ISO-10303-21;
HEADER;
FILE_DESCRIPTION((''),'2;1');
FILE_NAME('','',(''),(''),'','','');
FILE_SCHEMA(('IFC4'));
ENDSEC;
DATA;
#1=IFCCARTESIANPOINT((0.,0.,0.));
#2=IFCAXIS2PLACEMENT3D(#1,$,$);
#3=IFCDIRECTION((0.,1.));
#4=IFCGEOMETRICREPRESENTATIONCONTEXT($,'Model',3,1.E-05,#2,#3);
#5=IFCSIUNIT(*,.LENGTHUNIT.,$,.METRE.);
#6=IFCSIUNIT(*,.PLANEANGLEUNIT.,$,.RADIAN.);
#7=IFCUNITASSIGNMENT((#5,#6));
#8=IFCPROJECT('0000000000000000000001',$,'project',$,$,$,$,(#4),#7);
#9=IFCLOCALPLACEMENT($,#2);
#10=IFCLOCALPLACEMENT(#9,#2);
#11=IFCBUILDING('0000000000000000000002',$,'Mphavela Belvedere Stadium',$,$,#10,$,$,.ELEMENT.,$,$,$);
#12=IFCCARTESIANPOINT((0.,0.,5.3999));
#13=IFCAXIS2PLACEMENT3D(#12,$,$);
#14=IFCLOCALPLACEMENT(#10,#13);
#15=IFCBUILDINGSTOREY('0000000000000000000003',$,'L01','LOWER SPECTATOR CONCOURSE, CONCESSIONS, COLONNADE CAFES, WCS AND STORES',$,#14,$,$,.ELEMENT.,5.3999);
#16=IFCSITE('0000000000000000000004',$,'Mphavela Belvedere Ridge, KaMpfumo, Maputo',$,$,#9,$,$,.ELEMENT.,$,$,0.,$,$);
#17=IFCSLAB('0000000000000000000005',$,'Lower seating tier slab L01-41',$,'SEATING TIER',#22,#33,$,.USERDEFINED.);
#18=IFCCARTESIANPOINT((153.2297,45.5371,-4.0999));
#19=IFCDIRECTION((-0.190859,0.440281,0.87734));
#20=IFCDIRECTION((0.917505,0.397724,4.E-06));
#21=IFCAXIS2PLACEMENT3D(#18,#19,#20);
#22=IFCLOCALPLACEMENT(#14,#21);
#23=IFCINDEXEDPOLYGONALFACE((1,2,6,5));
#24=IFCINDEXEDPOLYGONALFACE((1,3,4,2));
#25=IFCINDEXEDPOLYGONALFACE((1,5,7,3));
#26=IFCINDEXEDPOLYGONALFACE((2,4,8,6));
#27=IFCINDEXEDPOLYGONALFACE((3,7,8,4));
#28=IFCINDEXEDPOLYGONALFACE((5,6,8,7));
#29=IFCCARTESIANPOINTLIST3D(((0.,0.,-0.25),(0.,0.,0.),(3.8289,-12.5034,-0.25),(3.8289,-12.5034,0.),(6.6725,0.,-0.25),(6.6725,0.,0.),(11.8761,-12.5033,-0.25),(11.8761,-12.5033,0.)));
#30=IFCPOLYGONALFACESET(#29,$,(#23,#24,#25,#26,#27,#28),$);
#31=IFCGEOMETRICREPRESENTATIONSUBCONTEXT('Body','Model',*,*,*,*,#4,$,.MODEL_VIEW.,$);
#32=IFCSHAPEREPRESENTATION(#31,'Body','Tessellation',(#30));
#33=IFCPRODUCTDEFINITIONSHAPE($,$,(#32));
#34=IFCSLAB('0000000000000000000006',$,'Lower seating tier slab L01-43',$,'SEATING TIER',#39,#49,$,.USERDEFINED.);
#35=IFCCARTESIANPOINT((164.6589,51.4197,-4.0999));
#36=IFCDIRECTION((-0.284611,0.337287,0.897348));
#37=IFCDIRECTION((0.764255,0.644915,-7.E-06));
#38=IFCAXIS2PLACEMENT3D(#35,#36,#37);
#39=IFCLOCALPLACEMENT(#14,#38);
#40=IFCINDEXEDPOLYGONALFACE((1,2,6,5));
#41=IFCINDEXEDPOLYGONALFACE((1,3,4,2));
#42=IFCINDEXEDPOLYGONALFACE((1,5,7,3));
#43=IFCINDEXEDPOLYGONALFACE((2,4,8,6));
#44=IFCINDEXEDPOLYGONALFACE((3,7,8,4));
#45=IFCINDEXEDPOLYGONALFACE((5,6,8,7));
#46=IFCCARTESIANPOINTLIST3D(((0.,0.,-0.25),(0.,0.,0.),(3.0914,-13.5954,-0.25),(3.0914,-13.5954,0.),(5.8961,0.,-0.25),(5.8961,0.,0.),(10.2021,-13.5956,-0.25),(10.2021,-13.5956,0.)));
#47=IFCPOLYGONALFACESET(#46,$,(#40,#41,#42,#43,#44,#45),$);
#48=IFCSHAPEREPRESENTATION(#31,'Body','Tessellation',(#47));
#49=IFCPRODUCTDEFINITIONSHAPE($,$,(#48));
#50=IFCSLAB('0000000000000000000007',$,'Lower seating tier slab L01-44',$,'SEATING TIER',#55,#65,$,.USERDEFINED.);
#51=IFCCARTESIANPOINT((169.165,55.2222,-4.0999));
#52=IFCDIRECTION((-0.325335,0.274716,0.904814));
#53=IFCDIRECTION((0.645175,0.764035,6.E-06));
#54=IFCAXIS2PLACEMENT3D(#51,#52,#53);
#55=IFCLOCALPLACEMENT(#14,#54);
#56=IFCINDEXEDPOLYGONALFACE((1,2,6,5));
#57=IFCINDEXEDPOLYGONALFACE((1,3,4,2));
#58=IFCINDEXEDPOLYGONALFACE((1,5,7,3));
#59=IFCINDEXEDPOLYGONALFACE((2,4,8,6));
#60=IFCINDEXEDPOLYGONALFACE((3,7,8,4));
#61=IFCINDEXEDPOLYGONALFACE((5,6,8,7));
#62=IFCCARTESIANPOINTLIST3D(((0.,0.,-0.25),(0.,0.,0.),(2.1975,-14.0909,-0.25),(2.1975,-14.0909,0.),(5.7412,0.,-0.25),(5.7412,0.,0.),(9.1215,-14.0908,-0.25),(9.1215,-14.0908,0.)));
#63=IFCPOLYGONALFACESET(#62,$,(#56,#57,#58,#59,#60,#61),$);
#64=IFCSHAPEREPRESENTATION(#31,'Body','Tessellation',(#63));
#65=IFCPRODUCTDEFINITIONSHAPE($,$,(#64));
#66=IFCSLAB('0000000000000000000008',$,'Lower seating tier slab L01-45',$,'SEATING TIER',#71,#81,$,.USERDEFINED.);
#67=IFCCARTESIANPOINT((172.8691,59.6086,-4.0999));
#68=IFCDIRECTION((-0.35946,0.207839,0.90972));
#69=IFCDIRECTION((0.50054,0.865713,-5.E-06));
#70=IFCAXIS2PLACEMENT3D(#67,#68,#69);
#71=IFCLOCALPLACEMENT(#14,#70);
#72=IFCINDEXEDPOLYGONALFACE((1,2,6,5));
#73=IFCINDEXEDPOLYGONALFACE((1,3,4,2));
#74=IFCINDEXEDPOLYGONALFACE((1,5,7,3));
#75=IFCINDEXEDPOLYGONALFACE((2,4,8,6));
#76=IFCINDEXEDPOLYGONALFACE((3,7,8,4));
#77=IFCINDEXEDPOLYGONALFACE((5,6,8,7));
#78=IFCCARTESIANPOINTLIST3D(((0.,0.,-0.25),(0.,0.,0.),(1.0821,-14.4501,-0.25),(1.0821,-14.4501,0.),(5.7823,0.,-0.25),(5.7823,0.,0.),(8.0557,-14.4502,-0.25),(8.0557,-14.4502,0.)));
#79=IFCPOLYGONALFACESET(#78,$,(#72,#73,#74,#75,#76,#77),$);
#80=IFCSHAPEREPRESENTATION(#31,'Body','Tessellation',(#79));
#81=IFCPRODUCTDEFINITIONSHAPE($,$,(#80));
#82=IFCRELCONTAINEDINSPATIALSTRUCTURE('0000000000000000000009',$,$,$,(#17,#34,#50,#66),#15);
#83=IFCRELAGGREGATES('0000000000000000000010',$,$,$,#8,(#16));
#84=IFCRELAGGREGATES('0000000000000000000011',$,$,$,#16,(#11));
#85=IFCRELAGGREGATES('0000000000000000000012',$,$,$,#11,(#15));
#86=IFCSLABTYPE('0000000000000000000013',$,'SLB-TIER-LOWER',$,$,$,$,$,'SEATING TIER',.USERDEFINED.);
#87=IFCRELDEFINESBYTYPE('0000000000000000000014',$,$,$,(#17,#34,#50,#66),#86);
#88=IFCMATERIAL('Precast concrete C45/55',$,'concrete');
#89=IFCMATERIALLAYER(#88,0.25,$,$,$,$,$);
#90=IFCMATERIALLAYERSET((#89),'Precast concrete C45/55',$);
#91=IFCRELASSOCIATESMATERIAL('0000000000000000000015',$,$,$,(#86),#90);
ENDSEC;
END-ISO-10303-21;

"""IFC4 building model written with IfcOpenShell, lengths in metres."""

from ifc_helpers import new_model, si_unit, direction, frame, origin, place, context, subcontext, project, spatial, polyline, outline, extrude, material, layer, layer_set, type_object, element, save


model = new_model("IFC4")

# Units and contexts
model_context = context("Model", 3, precision=1e-05, world=origin(), true_north=direction((0.0, 1.0)))
body_context = subcontext(model_context, "Body", "Model", "MODEL_VIEW")
ifc_project = project(units=[si_unit("LENGTHUNIT", "METRE"), si_unit("PLANEANGLEUNIT", "RADIAN")], contexts=[model_context])

# Site, building, storey
site_placement = place(None, origin())
site = spatial("IfcSite", under=ifc_project, at=site_placement, Name="Mphavela Belvedere Ridge, KaMpfumo, Maputo", CompositionType="ELEMENT", RefElevation=0.0)
building_placement = place(site_placement, origin())
building = spatial("IfcBuilding", under=site, at=building_placement, Name="Mphavela Belvedere Stadium", CompositionType="ELEMENT")
storey_placement = place(building_placement, frame((0.0, 0.0, 5.3999)))
storey = spatial("IfcBuildingStorey", under=building, at=storey_placement, Name="L01", Description="LOWER SPECTATOR CONCOURSE, CONCESSIONS, COLONNADE CAFES, WCS AND STORES", CompositionType="ELEMENT", Elevation=5.3999)

# Slabs
ifc_material_1 = material(Name="Precast concrete C45/55", Category="concrete")
ifc_layer_1 = layer(ifc_material_1, 0.25)
ifc_layer_set_1 = layer_set([ifc_layer_1], Name="Precast concrete C45/55")
slab_type = type_object("IfcSlabType", Name="SLB-TIER-LOWER", ElementType="SEATING TIER", PredefinedType="USERDEFINED", material=ifc_layer_set_1)
slab_1_placement = place(storey_placement, frame((153.2297, 45.5371, -4.0999), z_axis=(-0.190859, 0.440281, 0.87734), x_axis=(0.917505, 0.397724, 0.000004)))
element("IfcSlab", 1, at=slab_1_placement, inside=storey, type_object=slab_type, Name="Lower seating tier slab L01-41", ObjectType="SEATING TIER", PredefinedType="USERDEFINED", context=body_context, shape_type="SweptSolid", body=[
    extrude(outline(polyline([(0.0, 0.0), (6.6725, 0.0), (11.8761, -12.5033), (3.8289, -12.5034), (0.0, 0.0)])), origin(), (0.0, 0.0, -1.0), 0.25),
])
slab_2_placement = place(storey_placement, frame((164.6589, 51.4197, -4.0999), z_axis=(-0.284611, 0.337287, 0.897348), x_axis=(0.764255, 0.644915, -0.000007)))
element("IfcSlab", 2, at=slab_2_placement, inside=storey, type_object=slab_type, Name="Lower seating tier slab L01-43", ObjectType="SEATING TIER", PredefinedType="USERDEFINED", context=body_context, shape_type="SweptSolid", body=[
    extrude(outline(polyline([(0.0, 0.0), (5.8961, 0.0), (10.2021, -13.5956), (3.0914, -13.5954), (0.0, 0.0)])), origin(), (0.0, 0.0, -1.0), 0.25),
])
slab_3_placement = place(storey_placement, frame((169.165, 55.2222, -4.0999), z_axis=(-0.325335, 0.274716, 0.904814), x_axis=(0.645175, 0.764035, 0.000006)))
element("IfcSlab", 3, at=slab_3_placement, inside=storey, type_object=slab_type, Name="Lower seating tier slab L01-44", ObjectType="SEATING TIER", PredefinedType="USERDEFINED", context=body_context, shape_type="SweptSolid", body=[
    extrude(outline(polyline([(0.0, 0.0), (5.7412, 0.0), (9.1215, -14.0908), (2.1975, -14.0909), (0.0, 0.0)])), origin(), (0.0, 0.0, -1.0), 0.25),
])
slab_4_placement = place(storey_placement, frame((172.8691, 59.6086, -4.0999), z_axis=(-0.35946, 0.207839, 0.90972), x_axis=(0.50054, 0.865713, -0.000005)))
element("IfcSlab", 4, at=slab_4_placement, inside=storey, type_object=slab_type, Name="Lower seating tier slab L01-45", ObjectType="SEATING TIER", PredefinedType="USERDEFINED", context=body_context, shape_type="SweptSolid", body=[
    extrude(outline(polyline([(0.0, 0.0), (5.7823, 0.0), (8.0557, -14.4502), (1.0821, -14.4501), (0.0, 0.0)])), origin(), (0.0, 0.0, -1.0), 0.25),
])

save(model, "model.ifc")
